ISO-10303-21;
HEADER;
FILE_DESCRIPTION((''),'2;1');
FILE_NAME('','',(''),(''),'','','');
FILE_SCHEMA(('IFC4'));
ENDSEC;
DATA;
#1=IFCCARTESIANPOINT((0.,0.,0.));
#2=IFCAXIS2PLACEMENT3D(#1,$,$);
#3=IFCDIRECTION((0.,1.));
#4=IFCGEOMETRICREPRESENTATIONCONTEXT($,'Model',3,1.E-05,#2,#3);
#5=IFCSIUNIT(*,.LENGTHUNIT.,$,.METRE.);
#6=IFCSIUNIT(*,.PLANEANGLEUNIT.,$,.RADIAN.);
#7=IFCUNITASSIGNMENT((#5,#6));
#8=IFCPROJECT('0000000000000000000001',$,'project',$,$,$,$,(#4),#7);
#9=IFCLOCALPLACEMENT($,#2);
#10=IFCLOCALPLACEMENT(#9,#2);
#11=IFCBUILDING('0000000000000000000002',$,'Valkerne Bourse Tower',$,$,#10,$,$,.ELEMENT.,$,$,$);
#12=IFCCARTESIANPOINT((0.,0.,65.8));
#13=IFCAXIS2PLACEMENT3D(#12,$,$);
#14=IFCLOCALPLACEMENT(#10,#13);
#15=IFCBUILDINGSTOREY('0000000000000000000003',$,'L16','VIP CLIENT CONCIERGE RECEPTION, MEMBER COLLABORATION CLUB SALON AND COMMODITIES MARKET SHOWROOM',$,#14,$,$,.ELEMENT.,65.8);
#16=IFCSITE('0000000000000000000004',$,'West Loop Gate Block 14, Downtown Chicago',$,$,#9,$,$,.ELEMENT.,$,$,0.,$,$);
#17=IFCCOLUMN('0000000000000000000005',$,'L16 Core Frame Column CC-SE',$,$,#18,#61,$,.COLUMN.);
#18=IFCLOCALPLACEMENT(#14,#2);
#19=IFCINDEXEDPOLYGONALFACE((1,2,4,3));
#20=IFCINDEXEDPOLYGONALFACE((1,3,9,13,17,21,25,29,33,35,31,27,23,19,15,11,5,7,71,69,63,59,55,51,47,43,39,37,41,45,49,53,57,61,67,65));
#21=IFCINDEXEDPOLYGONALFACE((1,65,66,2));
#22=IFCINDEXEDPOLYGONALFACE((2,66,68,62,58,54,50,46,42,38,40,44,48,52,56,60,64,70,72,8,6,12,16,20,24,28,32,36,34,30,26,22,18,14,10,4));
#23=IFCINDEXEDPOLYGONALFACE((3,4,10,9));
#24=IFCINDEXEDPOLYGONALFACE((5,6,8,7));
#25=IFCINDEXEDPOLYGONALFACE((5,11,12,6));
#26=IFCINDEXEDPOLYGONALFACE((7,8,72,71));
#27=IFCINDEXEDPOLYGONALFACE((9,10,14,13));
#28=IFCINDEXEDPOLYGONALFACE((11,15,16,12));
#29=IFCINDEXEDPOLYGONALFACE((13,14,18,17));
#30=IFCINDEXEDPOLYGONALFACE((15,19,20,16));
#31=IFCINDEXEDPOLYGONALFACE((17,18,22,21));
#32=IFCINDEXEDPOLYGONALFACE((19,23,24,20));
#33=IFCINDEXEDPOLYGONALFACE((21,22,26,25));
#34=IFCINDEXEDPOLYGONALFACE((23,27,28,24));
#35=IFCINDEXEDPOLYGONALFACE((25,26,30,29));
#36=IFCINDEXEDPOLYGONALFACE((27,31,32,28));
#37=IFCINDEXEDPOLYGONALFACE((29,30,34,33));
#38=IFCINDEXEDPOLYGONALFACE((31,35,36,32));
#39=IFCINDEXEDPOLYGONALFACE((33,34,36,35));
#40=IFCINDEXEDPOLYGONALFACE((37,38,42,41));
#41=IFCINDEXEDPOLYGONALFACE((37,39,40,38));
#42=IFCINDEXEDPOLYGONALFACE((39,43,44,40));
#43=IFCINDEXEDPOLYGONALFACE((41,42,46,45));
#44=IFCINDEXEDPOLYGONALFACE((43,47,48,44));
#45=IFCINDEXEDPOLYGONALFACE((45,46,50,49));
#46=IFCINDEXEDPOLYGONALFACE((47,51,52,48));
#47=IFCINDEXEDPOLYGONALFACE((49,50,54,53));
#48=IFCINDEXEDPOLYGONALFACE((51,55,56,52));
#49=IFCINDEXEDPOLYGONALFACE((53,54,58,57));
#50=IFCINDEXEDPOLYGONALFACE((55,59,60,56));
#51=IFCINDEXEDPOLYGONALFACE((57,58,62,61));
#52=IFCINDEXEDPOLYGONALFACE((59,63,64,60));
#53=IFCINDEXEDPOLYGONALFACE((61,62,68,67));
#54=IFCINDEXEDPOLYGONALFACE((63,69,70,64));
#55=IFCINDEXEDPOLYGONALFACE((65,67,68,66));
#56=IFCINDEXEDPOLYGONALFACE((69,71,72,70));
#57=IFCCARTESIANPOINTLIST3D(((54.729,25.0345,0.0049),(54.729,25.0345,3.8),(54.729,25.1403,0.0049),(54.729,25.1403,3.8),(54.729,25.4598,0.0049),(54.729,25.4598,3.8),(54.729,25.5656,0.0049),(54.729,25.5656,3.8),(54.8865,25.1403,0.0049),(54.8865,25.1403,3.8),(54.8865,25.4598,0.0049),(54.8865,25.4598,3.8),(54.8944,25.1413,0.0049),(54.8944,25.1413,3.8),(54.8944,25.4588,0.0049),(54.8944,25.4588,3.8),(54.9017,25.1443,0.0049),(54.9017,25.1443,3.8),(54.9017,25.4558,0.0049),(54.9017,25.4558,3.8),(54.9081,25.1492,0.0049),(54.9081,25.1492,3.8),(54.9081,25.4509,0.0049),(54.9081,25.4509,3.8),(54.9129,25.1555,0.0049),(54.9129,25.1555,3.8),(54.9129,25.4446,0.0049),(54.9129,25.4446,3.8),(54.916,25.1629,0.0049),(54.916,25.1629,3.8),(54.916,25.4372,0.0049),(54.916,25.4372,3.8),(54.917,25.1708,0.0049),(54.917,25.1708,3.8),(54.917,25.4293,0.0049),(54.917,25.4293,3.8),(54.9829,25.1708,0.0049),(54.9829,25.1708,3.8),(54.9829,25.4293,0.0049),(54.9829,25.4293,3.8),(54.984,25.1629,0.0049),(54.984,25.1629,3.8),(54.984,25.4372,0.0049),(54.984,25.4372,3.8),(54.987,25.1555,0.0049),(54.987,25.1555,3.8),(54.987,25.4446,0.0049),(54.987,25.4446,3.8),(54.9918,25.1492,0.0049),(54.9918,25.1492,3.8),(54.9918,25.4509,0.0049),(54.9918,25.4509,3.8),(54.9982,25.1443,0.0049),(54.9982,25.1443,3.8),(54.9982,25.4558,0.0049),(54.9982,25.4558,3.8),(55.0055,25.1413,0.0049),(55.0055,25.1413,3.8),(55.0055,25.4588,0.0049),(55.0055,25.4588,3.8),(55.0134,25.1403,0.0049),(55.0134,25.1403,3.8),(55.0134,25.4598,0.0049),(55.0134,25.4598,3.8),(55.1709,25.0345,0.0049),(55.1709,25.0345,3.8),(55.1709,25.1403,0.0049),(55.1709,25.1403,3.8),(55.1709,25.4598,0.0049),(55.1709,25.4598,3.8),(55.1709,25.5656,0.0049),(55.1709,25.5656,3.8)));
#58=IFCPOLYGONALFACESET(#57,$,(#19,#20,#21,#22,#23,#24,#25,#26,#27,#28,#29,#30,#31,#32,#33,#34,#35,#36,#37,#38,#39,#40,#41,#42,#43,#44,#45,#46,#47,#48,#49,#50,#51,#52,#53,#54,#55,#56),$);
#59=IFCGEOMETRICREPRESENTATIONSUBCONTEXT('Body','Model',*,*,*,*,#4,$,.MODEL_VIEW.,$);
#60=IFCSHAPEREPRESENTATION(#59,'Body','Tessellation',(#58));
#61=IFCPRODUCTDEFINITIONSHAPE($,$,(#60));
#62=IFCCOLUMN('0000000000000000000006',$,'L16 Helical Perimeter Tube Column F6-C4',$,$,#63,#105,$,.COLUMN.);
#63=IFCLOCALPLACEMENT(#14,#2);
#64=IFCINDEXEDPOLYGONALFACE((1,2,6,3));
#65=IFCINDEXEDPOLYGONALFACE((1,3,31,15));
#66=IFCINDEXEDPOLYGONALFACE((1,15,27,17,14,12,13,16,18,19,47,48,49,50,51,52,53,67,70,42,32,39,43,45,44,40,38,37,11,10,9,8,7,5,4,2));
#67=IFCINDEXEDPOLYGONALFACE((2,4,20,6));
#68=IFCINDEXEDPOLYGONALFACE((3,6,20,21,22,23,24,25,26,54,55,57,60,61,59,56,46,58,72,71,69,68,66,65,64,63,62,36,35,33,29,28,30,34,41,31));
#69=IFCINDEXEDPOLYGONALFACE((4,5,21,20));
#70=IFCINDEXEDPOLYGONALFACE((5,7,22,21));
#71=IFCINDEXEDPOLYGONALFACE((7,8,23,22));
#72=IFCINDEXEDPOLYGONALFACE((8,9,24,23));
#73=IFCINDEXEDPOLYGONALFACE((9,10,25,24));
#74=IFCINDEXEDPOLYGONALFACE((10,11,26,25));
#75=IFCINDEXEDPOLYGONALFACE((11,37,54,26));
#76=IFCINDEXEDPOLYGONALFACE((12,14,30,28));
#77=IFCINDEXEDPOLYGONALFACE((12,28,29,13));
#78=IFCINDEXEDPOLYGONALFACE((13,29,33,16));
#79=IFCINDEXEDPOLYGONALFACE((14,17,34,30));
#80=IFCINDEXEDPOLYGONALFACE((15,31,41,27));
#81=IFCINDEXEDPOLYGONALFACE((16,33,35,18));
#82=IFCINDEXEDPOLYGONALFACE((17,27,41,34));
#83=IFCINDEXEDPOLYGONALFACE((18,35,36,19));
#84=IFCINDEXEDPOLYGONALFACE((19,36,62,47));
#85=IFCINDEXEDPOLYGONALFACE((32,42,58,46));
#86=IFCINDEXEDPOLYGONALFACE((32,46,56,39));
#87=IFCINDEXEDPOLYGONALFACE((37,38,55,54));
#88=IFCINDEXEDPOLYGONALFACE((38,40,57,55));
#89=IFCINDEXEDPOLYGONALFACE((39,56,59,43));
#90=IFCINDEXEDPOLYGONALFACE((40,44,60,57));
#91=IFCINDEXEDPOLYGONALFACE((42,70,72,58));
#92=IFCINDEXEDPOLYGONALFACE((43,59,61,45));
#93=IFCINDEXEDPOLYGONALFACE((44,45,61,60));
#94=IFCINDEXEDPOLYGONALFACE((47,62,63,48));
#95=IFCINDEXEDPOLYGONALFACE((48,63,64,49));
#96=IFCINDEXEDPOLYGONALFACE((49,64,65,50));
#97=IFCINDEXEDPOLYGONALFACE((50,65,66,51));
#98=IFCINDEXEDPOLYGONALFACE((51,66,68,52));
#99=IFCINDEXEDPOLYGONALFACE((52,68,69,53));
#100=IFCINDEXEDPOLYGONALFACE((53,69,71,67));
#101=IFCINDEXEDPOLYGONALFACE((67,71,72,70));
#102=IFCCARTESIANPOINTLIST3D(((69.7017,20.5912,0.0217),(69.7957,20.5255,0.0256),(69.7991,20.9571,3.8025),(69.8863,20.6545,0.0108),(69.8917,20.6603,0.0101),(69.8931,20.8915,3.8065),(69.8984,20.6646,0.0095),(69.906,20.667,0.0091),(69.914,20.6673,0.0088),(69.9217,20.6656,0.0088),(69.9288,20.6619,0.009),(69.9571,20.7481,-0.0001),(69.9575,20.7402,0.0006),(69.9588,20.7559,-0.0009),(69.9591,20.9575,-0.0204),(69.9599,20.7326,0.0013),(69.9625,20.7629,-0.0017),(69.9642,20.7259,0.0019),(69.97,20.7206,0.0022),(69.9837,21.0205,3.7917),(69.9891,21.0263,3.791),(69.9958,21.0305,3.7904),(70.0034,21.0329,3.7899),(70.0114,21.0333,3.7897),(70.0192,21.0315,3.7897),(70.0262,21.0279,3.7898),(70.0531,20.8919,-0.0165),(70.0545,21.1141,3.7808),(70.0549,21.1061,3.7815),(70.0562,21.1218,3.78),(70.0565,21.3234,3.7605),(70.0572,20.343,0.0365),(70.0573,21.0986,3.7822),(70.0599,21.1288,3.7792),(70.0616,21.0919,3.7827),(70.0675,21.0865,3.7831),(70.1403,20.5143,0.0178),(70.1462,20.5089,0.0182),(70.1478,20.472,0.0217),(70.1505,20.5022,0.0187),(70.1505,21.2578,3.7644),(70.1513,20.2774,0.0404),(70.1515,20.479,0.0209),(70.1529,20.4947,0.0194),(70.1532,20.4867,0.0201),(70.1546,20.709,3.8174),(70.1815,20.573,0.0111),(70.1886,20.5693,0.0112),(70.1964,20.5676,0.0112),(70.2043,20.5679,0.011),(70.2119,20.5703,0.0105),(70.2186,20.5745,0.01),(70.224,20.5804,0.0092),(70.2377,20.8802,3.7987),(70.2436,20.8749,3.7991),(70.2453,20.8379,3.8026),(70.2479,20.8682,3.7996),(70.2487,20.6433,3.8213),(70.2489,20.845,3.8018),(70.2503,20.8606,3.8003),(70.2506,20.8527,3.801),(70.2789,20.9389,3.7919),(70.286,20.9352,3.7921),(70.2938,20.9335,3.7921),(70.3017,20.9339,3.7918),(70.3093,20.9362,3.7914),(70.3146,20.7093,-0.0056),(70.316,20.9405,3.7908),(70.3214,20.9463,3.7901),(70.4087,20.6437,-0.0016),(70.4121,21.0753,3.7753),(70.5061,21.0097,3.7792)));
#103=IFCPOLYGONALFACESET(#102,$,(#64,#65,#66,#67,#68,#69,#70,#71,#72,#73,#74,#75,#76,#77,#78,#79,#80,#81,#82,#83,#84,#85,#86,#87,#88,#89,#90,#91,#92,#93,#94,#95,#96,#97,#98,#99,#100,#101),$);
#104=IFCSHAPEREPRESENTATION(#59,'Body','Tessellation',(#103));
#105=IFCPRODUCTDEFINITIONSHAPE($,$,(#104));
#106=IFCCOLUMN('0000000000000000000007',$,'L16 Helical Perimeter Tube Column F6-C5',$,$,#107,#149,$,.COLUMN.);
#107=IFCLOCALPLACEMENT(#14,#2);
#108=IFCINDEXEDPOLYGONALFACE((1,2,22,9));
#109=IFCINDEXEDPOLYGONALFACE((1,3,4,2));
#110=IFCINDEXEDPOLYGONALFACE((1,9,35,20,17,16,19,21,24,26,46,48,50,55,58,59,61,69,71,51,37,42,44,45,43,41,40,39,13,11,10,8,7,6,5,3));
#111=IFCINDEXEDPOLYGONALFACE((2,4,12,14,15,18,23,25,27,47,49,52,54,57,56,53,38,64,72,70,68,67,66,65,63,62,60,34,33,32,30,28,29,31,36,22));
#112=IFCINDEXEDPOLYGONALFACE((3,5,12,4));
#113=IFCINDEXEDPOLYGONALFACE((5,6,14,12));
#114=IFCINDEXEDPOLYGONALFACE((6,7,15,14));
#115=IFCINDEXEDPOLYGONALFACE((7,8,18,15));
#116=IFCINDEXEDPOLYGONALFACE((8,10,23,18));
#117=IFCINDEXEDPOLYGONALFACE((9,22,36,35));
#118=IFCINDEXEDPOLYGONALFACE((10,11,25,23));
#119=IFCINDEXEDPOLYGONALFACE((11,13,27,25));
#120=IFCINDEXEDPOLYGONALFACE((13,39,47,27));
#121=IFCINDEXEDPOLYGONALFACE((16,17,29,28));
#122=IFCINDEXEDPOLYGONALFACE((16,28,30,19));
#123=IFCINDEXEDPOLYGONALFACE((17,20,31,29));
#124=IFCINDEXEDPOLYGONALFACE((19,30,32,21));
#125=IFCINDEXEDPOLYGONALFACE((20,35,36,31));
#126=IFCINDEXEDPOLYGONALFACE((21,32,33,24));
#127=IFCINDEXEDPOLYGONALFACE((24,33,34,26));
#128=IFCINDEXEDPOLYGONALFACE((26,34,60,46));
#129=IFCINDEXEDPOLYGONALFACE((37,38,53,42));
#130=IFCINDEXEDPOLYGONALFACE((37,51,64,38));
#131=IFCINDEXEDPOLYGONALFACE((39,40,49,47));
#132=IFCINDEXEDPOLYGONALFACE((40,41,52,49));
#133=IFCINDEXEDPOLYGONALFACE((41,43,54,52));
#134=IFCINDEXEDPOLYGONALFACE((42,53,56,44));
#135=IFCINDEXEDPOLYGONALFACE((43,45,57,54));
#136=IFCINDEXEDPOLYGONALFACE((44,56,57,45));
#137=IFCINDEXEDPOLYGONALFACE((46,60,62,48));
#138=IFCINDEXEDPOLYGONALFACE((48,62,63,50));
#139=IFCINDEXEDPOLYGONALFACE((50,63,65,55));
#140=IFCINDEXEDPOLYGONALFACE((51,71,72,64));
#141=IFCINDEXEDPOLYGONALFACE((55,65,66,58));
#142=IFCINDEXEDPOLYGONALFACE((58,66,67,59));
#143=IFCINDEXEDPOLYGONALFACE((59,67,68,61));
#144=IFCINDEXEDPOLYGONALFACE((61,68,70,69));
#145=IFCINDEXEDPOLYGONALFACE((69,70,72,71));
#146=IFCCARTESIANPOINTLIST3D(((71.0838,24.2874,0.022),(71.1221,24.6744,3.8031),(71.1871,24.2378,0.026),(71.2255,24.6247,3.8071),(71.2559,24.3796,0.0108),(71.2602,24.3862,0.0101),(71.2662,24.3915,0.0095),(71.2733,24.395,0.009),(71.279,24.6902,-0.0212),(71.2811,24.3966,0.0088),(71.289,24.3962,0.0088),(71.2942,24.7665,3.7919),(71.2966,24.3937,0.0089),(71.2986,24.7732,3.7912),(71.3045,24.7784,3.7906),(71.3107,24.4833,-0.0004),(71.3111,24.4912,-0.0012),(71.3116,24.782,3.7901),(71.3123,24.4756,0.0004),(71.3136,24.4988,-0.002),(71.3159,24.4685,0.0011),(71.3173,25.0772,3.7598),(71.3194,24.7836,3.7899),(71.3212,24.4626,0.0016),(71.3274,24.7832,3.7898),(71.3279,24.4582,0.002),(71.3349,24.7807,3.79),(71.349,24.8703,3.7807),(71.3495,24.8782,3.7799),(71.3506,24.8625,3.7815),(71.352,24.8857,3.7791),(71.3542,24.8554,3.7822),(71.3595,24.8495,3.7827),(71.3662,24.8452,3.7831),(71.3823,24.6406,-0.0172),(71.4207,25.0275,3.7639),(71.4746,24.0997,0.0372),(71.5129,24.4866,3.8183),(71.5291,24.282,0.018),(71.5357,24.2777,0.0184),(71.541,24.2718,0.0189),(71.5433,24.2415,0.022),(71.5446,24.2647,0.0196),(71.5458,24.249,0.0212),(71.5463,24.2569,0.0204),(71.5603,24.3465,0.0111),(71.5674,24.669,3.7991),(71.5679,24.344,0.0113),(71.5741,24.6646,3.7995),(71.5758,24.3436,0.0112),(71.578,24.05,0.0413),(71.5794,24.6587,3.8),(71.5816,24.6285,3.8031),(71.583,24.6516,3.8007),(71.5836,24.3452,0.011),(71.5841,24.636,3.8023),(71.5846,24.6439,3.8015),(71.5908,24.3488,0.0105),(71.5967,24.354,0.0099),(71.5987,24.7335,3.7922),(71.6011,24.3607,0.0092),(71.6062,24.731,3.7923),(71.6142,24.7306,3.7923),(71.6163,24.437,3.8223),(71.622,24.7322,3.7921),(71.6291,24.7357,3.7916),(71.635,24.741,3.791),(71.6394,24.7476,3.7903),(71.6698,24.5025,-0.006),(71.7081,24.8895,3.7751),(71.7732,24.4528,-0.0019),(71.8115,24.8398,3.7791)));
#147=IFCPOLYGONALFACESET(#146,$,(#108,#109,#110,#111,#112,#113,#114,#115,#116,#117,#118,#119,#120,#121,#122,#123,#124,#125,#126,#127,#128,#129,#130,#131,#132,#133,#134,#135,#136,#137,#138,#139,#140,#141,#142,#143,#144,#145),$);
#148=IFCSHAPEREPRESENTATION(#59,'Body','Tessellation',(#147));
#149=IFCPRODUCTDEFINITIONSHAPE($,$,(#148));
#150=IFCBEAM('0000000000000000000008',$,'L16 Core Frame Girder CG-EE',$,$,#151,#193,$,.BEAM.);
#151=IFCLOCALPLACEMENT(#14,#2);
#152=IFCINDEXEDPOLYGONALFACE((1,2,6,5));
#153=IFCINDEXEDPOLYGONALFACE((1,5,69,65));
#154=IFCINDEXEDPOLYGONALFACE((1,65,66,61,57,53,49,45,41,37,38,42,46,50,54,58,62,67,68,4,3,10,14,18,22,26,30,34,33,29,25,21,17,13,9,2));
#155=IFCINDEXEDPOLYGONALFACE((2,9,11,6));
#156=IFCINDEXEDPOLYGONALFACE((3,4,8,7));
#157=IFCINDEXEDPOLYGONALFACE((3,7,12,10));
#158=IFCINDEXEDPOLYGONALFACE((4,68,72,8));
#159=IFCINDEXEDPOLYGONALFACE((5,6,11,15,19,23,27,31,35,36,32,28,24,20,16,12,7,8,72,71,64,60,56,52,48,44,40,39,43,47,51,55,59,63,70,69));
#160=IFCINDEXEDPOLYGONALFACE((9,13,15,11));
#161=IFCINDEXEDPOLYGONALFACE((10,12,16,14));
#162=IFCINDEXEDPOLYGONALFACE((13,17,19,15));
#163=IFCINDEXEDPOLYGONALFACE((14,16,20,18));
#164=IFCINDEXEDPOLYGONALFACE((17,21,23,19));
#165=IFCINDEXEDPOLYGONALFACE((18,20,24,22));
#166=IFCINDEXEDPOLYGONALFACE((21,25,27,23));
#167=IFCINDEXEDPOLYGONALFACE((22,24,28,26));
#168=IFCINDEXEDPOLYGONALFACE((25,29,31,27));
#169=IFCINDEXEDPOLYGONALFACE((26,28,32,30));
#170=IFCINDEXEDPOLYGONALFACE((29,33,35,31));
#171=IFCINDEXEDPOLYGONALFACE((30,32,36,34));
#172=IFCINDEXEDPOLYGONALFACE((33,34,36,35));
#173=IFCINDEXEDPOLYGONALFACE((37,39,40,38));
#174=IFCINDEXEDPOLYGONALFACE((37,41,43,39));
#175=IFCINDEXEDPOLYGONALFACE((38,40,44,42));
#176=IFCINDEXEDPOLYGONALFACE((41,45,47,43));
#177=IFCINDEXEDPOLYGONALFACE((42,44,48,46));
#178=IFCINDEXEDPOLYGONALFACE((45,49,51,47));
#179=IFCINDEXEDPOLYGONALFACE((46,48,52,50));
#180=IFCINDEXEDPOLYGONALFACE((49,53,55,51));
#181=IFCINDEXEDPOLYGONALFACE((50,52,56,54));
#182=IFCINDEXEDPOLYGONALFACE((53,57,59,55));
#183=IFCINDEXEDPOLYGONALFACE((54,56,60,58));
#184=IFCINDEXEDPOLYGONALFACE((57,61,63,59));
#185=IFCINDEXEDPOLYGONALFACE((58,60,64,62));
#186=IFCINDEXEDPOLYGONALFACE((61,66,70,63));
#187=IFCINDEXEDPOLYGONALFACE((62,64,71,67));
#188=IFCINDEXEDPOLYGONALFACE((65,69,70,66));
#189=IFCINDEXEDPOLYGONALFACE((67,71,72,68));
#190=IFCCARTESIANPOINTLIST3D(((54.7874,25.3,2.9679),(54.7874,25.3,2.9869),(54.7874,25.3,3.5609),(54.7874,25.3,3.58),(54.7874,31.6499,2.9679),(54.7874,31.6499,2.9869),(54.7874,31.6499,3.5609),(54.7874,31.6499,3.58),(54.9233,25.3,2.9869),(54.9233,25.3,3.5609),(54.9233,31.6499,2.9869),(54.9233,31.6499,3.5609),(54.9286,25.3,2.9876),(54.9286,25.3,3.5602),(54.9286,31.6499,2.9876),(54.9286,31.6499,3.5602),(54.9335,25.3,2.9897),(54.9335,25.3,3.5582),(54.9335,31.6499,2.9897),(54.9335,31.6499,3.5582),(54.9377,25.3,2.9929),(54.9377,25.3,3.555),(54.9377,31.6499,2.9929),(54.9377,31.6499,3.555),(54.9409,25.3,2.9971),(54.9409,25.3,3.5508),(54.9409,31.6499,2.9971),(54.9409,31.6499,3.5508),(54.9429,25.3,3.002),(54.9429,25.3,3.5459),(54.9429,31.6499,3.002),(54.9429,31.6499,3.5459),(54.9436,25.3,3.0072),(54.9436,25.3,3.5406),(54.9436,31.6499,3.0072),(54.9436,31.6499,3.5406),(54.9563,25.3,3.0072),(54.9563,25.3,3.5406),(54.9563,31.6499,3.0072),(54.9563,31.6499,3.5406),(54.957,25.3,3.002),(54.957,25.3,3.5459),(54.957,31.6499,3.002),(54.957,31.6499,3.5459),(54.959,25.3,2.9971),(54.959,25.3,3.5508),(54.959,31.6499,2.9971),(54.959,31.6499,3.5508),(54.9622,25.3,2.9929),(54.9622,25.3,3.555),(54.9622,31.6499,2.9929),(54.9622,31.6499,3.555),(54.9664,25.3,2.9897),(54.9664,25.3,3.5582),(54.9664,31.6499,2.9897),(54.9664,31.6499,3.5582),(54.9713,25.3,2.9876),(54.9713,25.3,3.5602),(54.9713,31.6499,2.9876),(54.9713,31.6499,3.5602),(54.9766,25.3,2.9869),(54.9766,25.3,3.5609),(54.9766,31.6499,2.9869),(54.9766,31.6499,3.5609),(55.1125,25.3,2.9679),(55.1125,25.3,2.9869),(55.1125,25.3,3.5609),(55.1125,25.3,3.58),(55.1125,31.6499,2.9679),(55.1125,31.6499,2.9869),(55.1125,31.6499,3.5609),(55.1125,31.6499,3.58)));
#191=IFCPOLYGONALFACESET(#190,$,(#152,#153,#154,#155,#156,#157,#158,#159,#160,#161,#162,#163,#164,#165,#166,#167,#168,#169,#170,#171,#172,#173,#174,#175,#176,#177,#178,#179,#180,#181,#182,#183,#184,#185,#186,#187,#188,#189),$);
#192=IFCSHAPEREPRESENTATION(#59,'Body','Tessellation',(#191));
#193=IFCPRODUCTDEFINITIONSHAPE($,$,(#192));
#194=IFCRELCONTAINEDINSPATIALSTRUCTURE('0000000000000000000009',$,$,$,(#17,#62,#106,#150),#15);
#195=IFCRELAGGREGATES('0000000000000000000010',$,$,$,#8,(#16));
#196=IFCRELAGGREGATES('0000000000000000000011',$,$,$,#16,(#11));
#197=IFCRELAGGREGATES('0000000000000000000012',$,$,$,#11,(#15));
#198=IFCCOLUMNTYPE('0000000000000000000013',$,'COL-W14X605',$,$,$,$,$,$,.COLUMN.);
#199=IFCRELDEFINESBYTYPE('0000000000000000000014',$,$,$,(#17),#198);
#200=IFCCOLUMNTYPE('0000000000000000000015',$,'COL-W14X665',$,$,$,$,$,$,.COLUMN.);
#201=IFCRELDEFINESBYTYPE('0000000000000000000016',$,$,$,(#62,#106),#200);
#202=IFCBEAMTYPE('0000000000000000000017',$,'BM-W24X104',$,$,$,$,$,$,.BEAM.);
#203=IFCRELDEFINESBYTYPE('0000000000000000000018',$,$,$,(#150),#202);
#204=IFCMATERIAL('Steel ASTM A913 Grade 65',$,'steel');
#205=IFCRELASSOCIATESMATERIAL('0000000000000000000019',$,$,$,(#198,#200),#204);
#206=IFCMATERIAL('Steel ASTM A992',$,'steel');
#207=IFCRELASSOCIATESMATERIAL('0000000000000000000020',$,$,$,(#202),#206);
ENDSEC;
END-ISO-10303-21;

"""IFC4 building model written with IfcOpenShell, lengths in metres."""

from ifc_helpers import new_model, si_unit, direction, frame, origin, origin_2d, place, context, subcontext, project, spatial, i_section, extrude, material, material_profile, profile_set, type_object, element, save


model = new_model("IFC4")

# Units and contexts
model_context = context("Model", 3, precision=1e-05, world=origin(), true_north=direction((0.0, 1.0)))
body_context = subcontext(model_context, "Body", "Model", "MODEL_VIEW")
ifc_project = project(units=[si_unit("LENGTHUNIT", "METRE"), si_unit("PLANEANGLEUNIT", "RADIAN")], contexts=[model_context])

# Site, building, storey
site_placement = place(None, origin())
site = spatial("IfcSite", under=ifc_project, at=site_placement, Name="West Loop Gate Block 14, Downtown Chicago", CompositionType="ELEMENT", RefElevation=0.0)
building_placement = place(site_placement, origin())
building = spatial("IfcBuilding", under=site, at=building_placement, Name="Valkerne Bourse Tower", CompositionType="ELEMENT")
storey_placement = place(building_placement, frame((0.0, 0.0, 65.8)))
storey = spatial("IfcBuildingStorey", under=building, at=storey_placement, Name="L16", Description="VIP CLIENT CONCIERGE RECEPTION, MEMBER COLLABORATION CLUB SALON AND COMMODITIES MARKET SHOWROOM", CompositionType="ELEMENT", Elevation=65.8)

# Columns
ifc_material_1 = material(Name="Steel ASTM A913 Grade 65", Category="steel")
ifc_material_profile_1 = material_profile(ifc_material_1, i_section(OverallWidth=0.4419, OverallDepth=0.531, WebThickness=0.0659, FlangeThickness=0.1057, FilletRadius=0.0305, at=origin_2d()), Name="W14X605")
ifc_profile_set_1 = profile_set([ifc_material_profile_1], Name="Steel ASTM A913 Grade 65")
column_type_1 = type_object("IfcColumnType", Name="COL-W14X605", PredefinedType="COLUMN", material=ifc_profile_set_1)
column_1_placement = place(storey_placement, frame((54.95, 25.3, 0.0049), z_axis=(0.0, 0.0, 1.0), x_axis=(1.0, 0.0, 0.0)))
element("IfcColumn", 1, at=column_1_placement, inside=storey, type_object=column_type_1, Name="L16 Core Frame Column CC-SE", PredefinedType="COLUMN", context=body_context, shape_type="SweptSolid", body=[
    extrude(i_section(OverallWidth=0.4419, OverallDepth=0.531, WebThickness=0.0659, FlangeThickness=0.1057, FilletRadius=0.0305, at=origin_2d()), origin(), (0.0, 0.0, 1.0), 3.7952),
])
ifc_material_profile_2 = material_profile(ifc_material_1, i_section(OverallWidth=0.4497, OverallDepth=0.5486, WebThickness=0.072, FlangeThickness=0.1147, FilletRadius=0.0305, at=origin_2d()), Name="W14X665")
ifc_profile_set_2 = profile_set([ifc_material_profile_2], Name="Steel ASTM A913 Grade 65")
column_type_2 = type_object("IfcColumnType", Name="COL-W14X665", PredefinedType="COLUMN", material=ifc_profile_set_2)
column_2_placement = place(storey_placement, frame((70.0552, 20.6174, 0.01), z_axis=(0.025635, 0.096309, 0.995021), x_axis=(-0.572449, -0.814581, 0.093592)))
element("IfcColumn", 2, at=column_2_placement, inside=storey, type_object=column_type_2, Name="L16 Helical Perimeter Tube Column F6-C4", PredefinedType="COLUMN", context=body_context, shape_type="SweptSolid", body=[
    extrude(i_section(OverallWidth=0.4497, OverallDepth=0.5486, WebThickness=0.072, FlangeThickness=0.1147, FilletRadius=0.0305, at=origin_2d()), origin(), (0.0, 0.0, 1.0), 3.7998),
])
column_3_placement = place(storey_placement, frame((71.4285, 24.3701, 0.01), z_axis=(0.010084, 0.101807, 0.994753), x_axis=(-0.434068, -0.895743, 0.096074)))
element("IfcColumn", 3, at=column_3_placement, inside=storey, type_object=column_type_2, Name="L16 Helical Perimeter Tube Column F6-C5", PredefinedType="COLUMN", context=body_context, shape_type="SweptSolid", body=[
    extrude(i_section(OverallWidth=0.4497, OverallDepth=0.5486, WebThickness=0.072, FlangeThickness=0.1147, FilletRadius=0.0305, at=origin_2d()), origin(), (0.0, 0.0, 1.0), 3.801),
])

# Beam
ifc_material_2 = material(Name="Steel ASTM A992", Category="steel")
ifc_material_profile_3 = material_profile(ifc_material_2, i_section(OverallWidth=0.3252, OverallDepth=0.6121, WebThickness=0.0127, FlangeThickness=0.019, FilletRadius=0.0203, at=origin_2d()), Name="W24X104")
ifc_profile_set_3 = profile_set([ifc_material_profile_3], Name="Steel ASTM A992")
beam_type_1 = type_object("IfcBeamType", Name="BM-W24X104", PredefinedType="BEAM", material=ifc_profile_set_3)
beam_1_placement = place(storey_placement, frame((54.95, 25.3, 3.2739), z_axis=(0.0, 1.0, 0.0), x_axis=(-1.0, 0.0, 0.0)))
element("IfcBeam", 4, at=beam_1_placement, inside=storey, type_object=beam_type_1, Name="L16 Core Frame Girder CG-EE", PredefinedType="BEAM", context=body_context, shape_type="SweptSolid", body=[
    extrude(i_section(OverallWidth=0.3252, OverallDepth=0.6121, WebThickness=0.0127, FlangeThickness=0.019, FilletRadius=0.0203, at=origin_2d()), origin(), (0.0, 0.0, 1.0), 6.3499),
])

save(model, "model.ifc")
